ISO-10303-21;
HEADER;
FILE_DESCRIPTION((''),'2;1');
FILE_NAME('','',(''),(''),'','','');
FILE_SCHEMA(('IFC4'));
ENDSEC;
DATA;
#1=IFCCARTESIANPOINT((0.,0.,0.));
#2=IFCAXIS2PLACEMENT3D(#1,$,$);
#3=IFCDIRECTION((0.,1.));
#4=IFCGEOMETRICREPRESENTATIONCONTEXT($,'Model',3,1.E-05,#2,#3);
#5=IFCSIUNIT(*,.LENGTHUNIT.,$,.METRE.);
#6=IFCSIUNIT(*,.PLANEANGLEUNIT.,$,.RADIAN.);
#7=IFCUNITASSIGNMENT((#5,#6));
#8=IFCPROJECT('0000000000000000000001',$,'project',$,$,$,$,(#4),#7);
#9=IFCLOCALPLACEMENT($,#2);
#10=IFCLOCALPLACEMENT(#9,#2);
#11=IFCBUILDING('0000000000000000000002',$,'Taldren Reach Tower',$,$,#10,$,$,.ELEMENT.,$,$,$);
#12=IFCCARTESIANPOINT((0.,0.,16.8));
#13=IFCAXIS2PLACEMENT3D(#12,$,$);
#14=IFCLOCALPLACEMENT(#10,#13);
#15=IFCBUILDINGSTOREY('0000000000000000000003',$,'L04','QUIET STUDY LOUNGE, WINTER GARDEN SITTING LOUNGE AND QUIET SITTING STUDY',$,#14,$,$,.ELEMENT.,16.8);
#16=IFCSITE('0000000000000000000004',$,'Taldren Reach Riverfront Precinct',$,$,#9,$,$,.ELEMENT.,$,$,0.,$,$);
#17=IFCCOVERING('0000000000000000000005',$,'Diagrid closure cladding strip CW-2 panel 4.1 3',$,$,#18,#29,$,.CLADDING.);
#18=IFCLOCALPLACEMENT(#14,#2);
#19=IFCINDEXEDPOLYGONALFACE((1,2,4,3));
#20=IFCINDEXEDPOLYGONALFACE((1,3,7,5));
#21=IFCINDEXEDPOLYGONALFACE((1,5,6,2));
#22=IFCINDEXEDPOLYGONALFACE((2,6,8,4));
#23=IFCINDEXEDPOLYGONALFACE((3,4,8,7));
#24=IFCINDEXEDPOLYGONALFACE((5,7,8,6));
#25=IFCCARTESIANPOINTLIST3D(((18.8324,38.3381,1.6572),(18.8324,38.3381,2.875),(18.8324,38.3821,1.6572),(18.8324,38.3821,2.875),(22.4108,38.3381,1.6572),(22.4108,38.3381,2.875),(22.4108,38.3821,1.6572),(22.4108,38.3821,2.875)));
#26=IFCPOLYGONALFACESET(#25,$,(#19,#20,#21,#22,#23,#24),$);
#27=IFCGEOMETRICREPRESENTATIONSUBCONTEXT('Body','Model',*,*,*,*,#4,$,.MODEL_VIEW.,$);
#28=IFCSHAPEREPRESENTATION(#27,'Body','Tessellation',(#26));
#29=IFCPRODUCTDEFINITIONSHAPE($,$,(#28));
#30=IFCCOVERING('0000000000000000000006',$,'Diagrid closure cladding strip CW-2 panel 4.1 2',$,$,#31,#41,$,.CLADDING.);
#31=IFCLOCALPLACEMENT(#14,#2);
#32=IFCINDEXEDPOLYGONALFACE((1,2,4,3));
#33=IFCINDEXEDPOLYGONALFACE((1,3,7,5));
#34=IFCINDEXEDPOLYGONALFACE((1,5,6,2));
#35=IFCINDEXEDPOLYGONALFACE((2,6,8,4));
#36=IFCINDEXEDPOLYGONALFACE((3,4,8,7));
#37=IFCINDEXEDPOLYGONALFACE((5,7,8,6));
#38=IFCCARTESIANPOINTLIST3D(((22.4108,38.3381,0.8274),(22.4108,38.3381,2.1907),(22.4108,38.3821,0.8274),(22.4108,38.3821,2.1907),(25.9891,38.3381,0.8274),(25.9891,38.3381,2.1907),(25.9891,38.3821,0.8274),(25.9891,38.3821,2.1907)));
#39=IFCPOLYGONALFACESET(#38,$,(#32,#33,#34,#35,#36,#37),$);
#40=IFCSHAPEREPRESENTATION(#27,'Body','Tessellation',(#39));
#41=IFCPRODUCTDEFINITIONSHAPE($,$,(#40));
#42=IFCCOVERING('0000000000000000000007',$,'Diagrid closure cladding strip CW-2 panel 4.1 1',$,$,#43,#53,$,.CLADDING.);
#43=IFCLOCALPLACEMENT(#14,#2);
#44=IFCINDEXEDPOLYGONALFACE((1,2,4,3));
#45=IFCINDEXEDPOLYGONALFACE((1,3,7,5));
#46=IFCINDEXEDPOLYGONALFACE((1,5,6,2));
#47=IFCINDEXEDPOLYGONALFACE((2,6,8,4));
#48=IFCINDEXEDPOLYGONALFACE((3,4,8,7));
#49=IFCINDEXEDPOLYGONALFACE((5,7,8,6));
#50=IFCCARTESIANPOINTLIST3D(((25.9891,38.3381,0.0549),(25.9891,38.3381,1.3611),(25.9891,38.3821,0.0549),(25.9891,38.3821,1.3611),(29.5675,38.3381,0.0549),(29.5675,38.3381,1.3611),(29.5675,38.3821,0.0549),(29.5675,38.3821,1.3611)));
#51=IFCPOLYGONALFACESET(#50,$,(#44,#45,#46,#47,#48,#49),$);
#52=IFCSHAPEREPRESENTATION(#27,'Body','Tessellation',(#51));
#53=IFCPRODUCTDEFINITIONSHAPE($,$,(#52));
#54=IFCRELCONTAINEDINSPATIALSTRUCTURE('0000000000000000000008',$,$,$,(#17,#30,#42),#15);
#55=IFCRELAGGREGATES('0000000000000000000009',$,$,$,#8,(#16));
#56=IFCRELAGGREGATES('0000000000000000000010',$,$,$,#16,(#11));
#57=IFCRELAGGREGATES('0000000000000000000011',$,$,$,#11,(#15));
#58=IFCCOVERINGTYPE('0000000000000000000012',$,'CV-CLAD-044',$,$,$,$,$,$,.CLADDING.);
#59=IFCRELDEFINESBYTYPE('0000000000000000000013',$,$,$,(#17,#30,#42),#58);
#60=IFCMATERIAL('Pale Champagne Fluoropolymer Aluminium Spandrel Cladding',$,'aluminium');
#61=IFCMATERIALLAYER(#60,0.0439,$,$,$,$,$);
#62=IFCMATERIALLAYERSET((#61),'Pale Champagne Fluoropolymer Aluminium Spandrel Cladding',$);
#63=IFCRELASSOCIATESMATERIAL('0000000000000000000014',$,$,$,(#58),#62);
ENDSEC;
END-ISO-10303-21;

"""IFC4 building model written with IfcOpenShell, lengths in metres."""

from ifc_helpers import new_model, si_unit, direction, frame, origin, origin_2d, place, context, subcontext, project, spatial, rectangle, extrude, source, transform, mapped, material, layer, layer_set, type_object, element, save


model = new_model("IFC4")

# Units and contexts
model_context = context("Model", 3, precision=1e-05, world=origin(), true_north=direction((0.0, 1.0)))
body_context = subcontext(model_context, "Body", "Model", "MODEL_VIEW")
ifc_project = project(units=[si_unit("LENGTHUNIT", "METRE"), si_unit("PLANEANGLEUNIT", "RADIAN")], contexts=[model_context])

# Site, building, storey
site_placement = place(None, origin())
site = spatial("IfcSite", under=ifc_project, at=site_placement, Name="Taldren Reach Riverfront Precinct", CompositionType="ELEMENT", RefElevation=0.0)
building_placement = place(site_placement, origin())
building = spatial("IfcBuilding", under=site, at=building_placement, Name="Taldren Reach Tower", CompositionType="ELEMENT")
storey_placement = place(building_placement, frame((0.0, 0.0, 16.8)))
storey = spatial("IfcBuildingStorey", under=building, at=storey_placement, Name="L04", Description="QUIET STUDY LOUNGE, WINTER GARDEN SITTING LOUNGE AND QUIET SITTING STUDY", CompositionType="ELEMENT", Elevation=16.8)

# Coverings
ifc_material_1 = material(Name="Pale Champagne Fluoropolymer Aluminium Spandrel Cladding", Category="aluminium")
ifc_layer_1 = layer(ifc_material_1, 0.0439)
ifc_layer_set_1 = layer_set([ifc_layer_1], Name="Pale Champagne Fluoropolymer Aluminium Spandrel Cladding")
covering_type = type_object("IfcCoveringType", Name="CV-CLAD-044", PredefinedType="CLADDING", material=ifc_layer_set_1)
shared_shape_1 = source(origin(), body_context, "Body", "SweptSolid", [
    extrude(rectangle(XDim=3.5784, YDim=0.0439, at=origin_2d()), origin(), (0.0, 0.0, 1.0), 1.2178),
])
covering_1_placement = place(storey_placement, frame((20.6216, 38.3601, 1.6572), z_axis=(0.0, 0.0, 1.0), x_axis=(-1.0, 0.0, 0.0)))
element("IfcCovering", 1, at=covering_1_placement, inside=storey, type_object=covering_type, Name="Diagrid closure cladding strip CW-2 panel 4.1 3", PredefinedType="CLADDING", context=body_context, shape_type="MappedRepresentation", body=[
    mapped(shared_shape_1, transform((0.0, 0.0, 0.0), scale=1.0)),
])
shared_shape_2 = source(origin(), body_context, "Body", "SweptSolid", [
    extrude(rectangle(XDim=3.5784, YDim=0.0439, at=origin_2d()), origin(), (0.0, 0.0, 1.0), 1.3633),
])
covering_2_placement = place(storey_placement, frame((24.2, 38.3601, 0.8274), z_axis=(0.0, 0.0, 1.0), x_axis=(-1.0, 0.0, 0.0)))
element("IfcCovering", 2, at=covering_2_placement, inside=storey, type_object=covering_type, Name="Diagrid closure cladding strip CW-2 panel 4.1 2", PredefinedType="CLADDING", context=body_context, shape_type="MappedRepresentation", body=[
    mapped(shared_shape_2, transform((0.0, 0.0, 0.0), scale=1.0)),
])
shared_shape_3 = source(origin(), body_context, "Body", "SweptSolid", [
    extrude(rectangle(XDim=3.5784, YDim=0.0439, at=origin_2d()), origin(), (0.0, 0.0, 1.0), 1.3062),
])
covering_3_placement = place(storey_placement, frame((27.7783, 38.3601, 0.0549), z_axis=(0.0, 0.0, 1.0), x_axis=(-1.0, 0.0, 0.0)))
element("IfcCovering", 3, at=covering_3_placement, inside=storey, type_object=covering_type, Name="Diagrid closure cladding strip CW-2 panel 4.1 1", PredefinedType="CLADDING", context=body_context, shape_type="MappedRepresentation", body=[
    mapped(shared_shape_3, transform((0.0, 0.0, 0.0), scale=1.0)),
])

save(model, "model.ifc")
